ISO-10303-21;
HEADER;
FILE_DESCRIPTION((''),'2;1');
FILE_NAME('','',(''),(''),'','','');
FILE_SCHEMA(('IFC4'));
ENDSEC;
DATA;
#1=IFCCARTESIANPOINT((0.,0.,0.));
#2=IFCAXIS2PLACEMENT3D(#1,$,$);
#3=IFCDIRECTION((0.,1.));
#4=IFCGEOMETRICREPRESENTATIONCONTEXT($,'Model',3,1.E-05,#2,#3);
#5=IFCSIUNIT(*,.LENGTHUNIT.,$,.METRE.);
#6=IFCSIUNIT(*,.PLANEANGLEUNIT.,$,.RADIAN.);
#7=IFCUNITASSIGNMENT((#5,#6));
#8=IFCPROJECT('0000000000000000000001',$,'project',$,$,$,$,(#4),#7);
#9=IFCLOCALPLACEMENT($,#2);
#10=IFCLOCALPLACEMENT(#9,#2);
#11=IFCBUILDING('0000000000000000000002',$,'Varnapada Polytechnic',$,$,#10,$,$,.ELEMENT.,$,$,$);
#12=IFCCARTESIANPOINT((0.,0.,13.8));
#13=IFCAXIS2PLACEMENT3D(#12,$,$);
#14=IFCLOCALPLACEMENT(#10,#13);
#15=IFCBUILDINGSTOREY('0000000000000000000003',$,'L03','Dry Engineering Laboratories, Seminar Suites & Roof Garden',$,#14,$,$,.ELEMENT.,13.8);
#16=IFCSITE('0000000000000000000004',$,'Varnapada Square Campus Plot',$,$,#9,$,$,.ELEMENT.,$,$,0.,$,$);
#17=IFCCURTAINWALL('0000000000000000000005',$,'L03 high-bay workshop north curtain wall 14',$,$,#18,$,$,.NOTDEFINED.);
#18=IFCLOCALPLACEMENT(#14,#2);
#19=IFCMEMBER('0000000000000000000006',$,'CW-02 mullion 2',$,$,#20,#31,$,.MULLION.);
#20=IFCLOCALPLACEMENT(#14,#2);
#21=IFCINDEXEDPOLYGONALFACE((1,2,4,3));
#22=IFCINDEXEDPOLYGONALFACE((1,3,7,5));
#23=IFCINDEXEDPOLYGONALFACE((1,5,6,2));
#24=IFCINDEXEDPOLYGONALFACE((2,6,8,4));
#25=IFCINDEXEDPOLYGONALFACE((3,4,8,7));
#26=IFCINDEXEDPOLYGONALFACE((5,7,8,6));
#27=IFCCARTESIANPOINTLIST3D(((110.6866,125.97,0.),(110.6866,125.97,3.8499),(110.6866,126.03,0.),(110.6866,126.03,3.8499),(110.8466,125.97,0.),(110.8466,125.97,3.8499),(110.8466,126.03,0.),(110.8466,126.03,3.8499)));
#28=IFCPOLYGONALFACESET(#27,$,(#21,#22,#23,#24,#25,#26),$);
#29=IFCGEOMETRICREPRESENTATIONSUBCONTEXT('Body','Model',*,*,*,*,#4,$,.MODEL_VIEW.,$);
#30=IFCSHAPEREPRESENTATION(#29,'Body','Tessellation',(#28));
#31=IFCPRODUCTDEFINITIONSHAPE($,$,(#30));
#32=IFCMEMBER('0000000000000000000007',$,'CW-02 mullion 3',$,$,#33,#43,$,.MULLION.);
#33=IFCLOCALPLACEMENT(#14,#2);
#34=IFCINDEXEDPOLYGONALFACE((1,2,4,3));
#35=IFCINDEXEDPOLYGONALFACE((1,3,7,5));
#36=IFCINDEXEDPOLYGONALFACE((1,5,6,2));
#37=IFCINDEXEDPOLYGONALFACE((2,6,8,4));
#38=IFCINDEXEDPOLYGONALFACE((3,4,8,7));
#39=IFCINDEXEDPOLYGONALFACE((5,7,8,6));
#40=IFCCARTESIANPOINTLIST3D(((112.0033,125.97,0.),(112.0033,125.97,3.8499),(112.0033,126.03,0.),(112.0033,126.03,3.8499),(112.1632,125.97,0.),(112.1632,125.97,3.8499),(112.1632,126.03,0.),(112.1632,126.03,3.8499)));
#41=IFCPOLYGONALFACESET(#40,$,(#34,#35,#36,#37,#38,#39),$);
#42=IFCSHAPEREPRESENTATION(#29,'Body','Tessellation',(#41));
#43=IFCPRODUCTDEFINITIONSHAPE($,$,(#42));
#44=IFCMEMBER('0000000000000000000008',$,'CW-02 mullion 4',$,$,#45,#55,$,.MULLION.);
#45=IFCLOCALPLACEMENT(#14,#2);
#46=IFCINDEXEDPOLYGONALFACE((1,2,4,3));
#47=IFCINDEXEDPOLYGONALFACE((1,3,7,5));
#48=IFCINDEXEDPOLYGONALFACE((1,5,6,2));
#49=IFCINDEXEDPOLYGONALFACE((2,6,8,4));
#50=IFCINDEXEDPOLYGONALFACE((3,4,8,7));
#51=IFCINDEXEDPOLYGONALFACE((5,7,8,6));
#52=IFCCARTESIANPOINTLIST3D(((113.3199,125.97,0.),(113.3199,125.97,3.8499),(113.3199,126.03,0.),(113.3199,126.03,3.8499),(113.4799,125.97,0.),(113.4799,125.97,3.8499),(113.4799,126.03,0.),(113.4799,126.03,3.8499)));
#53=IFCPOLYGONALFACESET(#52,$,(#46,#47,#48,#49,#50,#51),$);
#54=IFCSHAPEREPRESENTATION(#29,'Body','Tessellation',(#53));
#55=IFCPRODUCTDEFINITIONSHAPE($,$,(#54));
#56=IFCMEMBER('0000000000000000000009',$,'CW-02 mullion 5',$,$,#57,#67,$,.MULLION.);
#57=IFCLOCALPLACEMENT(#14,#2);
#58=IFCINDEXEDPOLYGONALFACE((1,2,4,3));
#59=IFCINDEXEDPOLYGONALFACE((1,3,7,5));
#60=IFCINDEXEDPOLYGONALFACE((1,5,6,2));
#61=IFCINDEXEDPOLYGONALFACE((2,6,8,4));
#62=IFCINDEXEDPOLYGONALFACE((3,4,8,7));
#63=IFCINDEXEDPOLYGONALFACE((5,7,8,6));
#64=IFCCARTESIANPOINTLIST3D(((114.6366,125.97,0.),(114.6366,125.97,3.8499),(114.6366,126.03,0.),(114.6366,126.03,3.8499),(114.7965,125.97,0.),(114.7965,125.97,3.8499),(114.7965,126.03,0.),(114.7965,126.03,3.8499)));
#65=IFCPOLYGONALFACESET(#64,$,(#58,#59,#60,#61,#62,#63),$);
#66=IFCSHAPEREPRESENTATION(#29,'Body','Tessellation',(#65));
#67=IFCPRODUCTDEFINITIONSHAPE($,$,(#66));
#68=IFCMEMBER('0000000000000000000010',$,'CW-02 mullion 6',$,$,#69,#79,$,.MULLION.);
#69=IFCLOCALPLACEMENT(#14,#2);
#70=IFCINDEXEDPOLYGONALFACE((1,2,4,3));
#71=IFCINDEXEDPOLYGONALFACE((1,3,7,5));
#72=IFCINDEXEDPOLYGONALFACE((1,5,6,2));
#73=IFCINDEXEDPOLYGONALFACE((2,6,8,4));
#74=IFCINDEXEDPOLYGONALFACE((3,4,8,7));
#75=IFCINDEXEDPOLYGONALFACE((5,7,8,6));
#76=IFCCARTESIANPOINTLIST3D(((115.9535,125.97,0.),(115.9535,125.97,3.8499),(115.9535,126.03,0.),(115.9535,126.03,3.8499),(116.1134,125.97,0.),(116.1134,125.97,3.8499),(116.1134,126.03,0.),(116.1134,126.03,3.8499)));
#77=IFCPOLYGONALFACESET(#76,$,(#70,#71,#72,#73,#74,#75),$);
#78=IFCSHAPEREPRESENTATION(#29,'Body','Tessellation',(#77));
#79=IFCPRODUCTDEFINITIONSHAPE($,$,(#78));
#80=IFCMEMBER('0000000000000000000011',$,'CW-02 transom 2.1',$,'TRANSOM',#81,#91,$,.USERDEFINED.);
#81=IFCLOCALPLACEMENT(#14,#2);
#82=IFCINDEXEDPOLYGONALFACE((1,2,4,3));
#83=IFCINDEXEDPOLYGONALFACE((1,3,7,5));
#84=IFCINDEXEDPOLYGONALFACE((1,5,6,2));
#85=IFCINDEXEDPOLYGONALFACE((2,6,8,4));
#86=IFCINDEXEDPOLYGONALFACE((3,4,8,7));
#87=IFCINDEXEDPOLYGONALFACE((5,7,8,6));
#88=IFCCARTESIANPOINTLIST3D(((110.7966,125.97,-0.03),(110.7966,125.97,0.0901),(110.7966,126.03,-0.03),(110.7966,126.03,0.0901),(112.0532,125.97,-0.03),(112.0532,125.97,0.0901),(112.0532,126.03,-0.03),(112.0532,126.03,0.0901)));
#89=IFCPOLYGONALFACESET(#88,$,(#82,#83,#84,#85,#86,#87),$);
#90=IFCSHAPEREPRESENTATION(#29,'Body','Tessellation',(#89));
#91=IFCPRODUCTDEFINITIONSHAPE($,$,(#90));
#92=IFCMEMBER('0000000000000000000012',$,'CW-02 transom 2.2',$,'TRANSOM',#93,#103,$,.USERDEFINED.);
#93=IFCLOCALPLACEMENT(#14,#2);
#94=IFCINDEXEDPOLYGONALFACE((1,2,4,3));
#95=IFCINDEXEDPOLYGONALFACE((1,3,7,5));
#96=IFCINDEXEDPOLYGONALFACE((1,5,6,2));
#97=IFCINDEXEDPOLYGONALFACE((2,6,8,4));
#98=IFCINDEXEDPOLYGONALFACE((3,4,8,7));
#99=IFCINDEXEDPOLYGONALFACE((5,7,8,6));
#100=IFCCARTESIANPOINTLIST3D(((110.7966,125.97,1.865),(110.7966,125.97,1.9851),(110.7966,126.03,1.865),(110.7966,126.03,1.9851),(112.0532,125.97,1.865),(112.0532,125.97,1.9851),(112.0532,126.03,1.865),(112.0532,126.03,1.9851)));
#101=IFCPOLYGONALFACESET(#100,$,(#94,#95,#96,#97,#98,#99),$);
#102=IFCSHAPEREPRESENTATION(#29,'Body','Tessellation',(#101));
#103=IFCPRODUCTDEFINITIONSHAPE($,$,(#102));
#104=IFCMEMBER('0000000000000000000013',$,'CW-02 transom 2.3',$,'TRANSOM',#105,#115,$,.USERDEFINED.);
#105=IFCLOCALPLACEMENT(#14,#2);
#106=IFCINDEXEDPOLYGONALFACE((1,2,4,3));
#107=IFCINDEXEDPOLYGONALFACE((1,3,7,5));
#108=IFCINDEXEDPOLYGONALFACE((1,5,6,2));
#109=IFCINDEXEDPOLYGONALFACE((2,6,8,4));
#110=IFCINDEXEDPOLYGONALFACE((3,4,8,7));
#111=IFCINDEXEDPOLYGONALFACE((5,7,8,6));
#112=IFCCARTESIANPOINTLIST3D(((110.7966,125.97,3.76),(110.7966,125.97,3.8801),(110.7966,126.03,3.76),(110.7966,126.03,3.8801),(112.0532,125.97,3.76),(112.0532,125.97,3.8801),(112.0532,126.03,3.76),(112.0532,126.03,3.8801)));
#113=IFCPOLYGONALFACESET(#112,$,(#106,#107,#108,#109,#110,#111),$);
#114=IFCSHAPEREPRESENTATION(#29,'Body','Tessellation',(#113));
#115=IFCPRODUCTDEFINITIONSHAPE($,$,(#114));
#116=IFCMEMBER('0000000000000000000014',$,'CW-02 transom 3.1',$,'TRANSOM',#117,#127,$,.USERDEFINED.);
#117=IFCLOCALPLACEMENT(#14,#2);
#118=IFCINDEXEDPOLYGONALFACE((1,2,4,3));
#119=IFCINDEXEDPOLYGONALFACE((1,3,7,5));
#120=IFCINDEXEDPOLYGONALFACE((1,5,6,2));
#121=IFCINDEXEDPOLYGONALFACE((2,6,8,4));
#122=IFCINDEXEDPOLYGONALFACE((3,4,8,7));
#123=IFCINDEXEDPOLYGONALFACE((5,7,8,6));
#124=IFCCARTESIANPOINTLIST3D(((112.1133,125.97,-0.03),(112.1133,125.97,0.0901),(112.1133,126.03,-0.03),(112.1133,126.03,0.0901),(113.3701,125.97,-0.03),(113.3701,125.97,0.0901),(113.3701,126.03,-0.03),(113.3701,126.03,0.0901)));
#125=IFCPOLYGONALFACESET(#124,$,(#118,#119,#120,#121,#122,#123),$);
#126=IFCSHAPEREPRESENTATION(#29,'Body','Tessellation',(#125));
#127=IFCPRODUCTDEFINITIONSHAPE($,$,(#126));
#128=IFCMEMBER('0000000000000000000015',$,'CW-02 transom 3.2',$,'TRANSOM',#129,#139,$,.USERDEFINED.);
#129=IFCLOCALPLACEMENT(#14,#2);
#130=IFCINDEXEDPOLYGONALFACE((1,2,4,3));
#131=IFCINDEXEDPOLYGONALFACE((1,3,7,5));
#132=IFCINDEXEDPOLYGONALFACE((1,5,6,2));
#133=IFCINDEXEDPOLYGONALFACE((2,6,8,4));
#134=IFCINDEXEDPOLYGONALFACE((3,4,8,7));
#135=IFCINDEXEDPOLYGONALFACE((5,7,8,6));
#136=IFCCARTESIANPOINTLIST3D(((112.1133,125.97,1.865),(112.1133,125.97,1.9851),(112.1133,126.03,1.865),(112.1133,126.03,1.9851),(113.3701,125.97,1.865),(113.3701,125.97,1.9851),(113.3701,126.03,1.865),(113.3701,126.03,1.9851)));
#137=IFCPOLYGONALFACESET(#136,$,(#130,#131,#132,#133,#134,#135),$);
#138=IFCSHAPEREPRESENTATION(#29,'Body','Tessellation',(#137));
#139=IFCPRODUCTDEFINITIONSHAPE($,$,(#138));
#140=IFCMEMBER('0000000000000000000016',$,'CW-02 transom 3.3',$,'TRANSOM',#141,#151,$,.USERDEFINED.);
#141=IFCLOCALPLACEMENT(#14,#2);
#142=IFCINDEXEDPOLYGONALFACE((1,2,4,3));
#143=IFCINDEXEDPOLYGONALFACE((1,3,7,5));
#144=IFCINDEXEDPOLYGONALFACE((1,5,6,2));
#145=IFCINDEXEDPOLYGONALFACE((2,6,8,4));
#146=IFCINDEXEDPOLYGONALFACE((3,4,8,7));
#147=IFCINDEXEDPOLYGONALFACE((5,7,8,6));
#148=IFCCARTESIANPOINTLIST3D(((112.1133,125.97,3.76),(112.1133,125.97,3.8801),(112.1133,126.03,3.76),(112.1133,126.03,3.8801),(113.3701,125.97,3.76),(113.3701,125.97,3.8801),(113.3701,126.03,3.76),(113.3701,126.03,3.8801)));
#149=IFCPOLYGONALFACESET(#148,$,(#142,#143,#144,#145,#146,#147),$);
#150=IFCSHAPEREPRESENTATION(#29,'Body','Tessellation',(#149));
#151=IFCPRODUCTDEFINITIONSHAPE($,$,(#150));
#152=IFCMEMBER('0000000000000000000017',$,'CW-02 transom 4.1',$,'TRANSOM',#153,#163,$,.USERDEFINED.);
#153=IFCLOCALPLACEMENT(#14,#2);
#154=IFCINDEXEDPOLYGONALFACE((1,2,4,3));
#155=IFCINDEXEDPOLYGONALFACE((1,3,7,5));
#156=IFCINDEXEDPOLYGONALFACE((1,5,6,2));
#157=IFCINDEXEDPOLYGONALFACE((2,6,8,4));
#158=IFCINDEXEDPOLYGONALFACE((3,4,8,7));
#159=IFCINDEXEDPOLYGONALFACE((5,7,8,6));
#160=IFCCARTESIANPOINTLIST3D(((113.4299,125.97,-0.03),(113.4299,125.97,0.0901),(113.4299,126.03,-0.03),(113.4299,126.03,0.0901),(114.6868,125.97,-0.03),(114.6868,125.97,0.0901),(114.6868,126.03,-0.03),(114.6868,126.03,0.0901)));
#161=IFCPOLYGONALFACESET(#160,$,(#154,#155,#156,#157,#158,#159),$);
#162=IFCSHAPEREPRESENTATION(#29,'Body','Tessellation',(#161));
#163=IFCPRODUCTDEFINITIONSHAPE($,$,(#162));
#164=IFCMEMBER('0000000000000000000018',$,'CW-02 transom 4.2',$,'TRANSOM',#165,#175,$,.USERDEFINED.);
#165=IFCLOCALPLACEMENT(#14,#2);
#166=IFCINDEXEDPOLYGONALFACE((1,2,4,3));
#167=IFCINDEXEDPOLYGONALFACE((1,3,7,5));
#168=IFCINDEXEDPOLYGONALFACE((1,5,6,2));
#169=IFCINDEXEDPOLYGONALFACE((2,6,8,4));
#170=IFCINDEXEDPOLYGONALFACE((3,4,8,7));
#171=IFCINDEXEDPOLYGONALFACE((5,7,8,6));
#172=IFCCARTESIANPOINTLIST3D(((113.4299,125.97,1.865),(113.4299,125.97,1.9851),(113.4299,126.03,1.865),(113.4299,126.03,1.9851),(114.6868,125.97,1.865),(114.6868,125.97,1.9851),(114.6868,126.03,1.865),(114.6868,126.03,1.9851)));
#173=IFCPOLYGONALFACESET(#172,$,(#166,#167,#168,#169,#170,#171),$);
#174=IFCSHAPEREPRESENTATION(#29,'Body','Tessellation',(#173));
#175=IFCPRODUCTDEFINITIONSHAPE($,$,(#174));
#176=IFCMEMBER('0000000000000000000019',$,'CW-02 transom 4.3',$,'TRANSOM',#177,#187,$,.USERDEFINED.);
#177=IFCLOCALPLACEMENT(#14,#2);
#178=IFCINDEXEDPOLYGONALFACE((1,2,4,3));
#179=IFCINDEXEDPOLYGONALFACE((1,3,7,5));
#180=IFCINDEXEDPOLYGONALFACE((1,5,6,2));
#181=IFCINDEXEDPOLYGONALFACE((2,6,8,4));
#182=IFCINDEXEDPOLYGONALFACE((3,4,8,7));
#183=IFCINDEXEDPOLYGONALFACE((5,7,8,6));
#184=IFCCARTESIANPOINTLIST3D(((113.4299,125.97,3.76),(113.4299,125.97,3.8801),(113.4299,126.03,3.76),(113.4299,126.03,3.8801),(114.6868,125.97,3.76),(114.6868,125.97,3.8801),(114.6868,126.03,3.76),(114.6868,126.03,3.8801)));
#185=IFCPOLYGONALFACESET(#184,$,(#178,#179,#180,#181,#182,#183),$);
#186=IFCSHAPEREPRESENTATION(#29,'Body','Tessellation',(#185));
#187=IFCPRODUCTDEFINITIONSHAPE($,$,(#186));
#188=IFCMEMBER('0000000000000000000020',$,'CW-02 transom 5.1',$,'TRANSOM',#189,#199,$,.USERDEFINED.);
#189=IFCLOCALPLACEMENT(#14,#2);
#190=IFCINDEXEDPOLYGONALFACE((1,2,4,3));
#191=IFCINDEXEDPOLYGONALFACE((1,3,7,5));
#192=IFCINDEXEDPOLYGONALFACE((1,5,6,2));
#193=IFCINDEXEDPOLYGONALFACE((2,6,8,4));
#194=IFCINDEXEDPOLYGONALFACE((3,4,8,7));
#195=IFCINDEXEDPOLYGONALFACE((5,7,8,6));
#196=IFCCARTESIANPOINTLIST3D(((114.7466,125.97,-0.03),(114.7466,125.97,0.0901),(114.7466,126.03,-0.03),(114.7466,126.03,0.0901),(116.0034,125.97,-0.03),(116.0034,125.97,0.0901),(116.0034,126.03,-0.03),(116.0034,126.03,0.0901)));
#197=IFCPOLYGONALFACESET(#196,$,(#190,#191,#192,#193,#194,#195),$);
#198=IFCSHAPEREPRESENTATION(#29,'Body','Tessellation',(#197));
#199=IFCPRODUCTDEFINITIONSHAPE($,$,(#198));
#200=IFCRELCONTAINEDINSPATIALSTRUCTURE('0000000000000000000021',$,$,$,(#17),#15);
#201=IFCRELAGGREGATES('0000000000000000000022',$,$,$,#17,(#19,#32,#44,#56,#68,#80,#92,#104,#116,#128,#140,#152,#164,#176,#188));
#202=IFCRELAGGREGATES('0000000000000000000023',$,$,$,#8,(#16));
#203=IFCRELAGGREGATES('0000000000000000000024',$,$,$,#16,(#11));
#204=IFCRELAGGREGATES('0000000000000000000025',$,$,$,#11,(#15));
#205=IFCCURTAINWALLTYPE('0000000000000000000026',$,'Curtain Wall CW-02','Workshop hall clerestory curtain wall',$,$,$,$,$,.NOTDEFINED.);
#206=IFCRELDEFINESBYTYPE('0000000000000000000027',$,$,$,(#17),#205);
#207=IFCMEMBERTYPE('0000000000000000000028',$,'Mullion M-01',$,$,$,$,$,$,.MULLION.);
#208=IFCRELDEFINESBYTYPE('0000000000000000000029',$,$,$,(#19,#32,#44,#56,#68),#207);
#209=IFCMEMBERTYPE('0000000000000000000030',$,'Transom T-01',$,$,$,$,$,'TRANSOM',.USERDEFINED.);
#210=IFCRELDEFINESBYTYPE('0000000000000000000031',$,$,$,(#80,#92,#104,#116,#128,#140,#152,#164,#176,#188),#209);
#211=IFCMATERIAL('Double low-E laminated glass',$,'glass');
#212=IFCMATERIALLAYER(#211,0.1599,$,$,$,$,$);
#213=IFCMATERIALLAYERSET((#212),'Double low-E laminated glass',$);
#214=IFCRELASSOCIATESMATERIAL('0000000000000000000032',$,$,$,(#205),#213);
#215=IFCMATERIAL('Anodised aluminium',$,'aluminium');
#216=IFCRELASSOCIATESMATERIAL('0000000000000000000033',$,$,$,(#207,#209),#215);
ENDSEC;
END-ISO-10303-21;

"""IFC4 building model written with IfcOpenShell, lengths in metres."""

from ifc_helpers import new_model, si_unit, direction, frame, origin, origin_2d, place, context, subcontext, project, spatial, rectangle, extrude, material, layer, layer_set, material_profile, profile_set, type_object, element, aggregate, save


model = new_model("IFC4")

# Units and contexts
model_context = context("Model", 3, precision=1e-05, world=origin(), true_north=direction((0.0, 1.0)))
body_context = subcontext(model_context, "Body", "Model", "MODEL_VIEW")
ifc_project = project(units=[si_unit("LENGTHUNIT", "METRE"), si_unit("PLANEANGLEUNIT", "RADIAN")], contexts=[model_context])

# Site, building, storey
site_placement = place(None, origin())
site = spatial("IfcSite", under=ifc_project, at=site_placement, Name="Varnapada Square Campus Plot", CompositionType="ELEMENT", RefElevation=0.0)
building_placement = place(site_placement, origin())
building = spatial("IfcBuilding", under=site, at=building_placement, Name="Varnapada Polytechnic", CompositionType="ELEMENT")
storey_placement = place(building_placement, frame((0.0, 0.0, 13.8)))
storey = spatial("IfcBuildingStorey", under=building, at=storey_placement, Name="L03", Description="Dry Engineering Laboratories, Seminar Suites & Roof Garden", CompositionType="ELEMENT", Elevation=13.8)

# Curtain wall, members
ifc_material_1 = material(Name="Double low-E laminated glass", Category="glass")
ifc_layer_1 = layer(ifc_material_1, 0.1599)
ifc_layer_set_1 = layer_set([ifc_layer_1], Name="Double low-E laminated glass")
curtain_wall_type = type_object("IfcCurtainWallType", Name="Curtain Wall CW-02", Description="Workshop hall clerestory curtain wall", PredefinedType="NOTDEFINED", material=ifc_layer_set_1)
curtain_wall_placement = place(storey_placement, origin())
curtain_wall = element("IfcCurtainWall", 1, at=curtain_wall_placement, inside=storey, type_object=curtain_wall_type, Name="L03 high-bay workshop north curtain wall 14", PredefinedType="NOTDEFINED")
ifc_material_2 = material(Name="Anodised aluminium", Category="aluminium")
ifc_material_profile_1 = material_profile(ifc_material_2, rectangle(XDim=0.0601, YDim=0.1599, at=origin_2d()), Name="ALU M60x160")
ifc_profile_set_1 = profile_set([ifc_material_profile_1], Name="Anodised aluminium")
member_type_1 = type_object("IfcMemberType", Name="Mullion M-01", PredefinedType="MULLION", material=ifc_profile_set_1)
member_1_placement = place(storey_placement, frame((110.7666, 126.0, 0.0), z_axis=(0.0, 0.0, 1.0), x_axis=(0.0, 1.0, 0.0)))
member_1 = element("IfcMember", 2, at=member_1_placement, type_object=member_type_1, Name="CW-02 mullion 2", PredefinedType="MULLION", context=body_context, shape_type="SweptSolid", body=[
    extrude(rectangle(XDim=0.0601, YDim=0.1599, at=origin_2d()), origin(), (0.0, 0.0, 1.0), 3.8499),
])
member_2_placement = place(storey_placement, frame((112.0833, 126.0, 0.0), z_axis=(0.0, 0.0, 1.0), x_axis=(0.0, 1.0, 0.0)))
member_2 = element("IfcMember", 3, at=member_2_placement, type_object=member_type_1, Name="CW-02 mullion 3", PredefinedType="MULLION", context=body_context, shape_type="SweptSolid", body=[
    extrude(rectangle(XDim=0.0601, YDim=0.1599, at=origin_2d()), origin(), (0.0, 0.0, 1.0), 3.8499),
])
member_3_placement = place(storey_placement, frame((113.3999, 126.0, 0.0), z_axis=(0.0, 0.0, 1.0), x_axis=(0.0, 1.0, 0.0)))
member_3 = element("IfcMember", 4, at=member_3_placement, type_object=member_type_1, Name="CW-02 mullion 4", PredefinedType="MULLION", context=body_context, shape_type="SweptSolid", body=[
    extrude(rectangle(XDim=0.0601, YDim=0.1599, at=origin_2d()), origin(), (0.0, 0.0, 1.0), 3.8499),
])
member_4_placement = place(storey_placement, frame((114.7166, 126.0, 0.0), z_axis=(0.0, 0.0, 1.0), x_axis=(0.0, 1.0, 0.0)))
member_4 = element("IfcMember", 5, at=member_4_placement, type_object=member_type_1, Name="CW-02 mullion 5", PredefinedType="MULLION", context=body_context, shape_type="SweptSolid", body=[
    extrude(rectangle(XDim=0.0601, YDim=0.1599, at=origin_2d()), origin(), (0.0, 0.0, 1.0), 3.8499),
])
member_5_placement = place(storey_placement, frame((116.0334, 126.0, 0.0), z_axis=(0.0, 0.0, 1.0), x_axis=(0.0, 1.0, 0.0)))
member_5 = element("IfcMember", 6, at=member_5_placement, type_object=member_type_1, Name="CW-02 mullion 6", PredefinedType="MULLION", context=body_context, shape_type="SweptSolid", body=[
    extrude(rectangle(XDim=0.0601, YDim=0.1599, at=origin_2d()), origin(), (0.0, 0.0, 1.0), 3.8499),
])
ifc_material_profile_2 = material_profile(ifc_material_2, rectangle(XDim=0.0601, YDim=0.1201, at=origin_2d()), Name="ALU T60x120")
ifc_profile_set_2 = profile_set([ifc_material_profile_2], Name="Anodised aluminium")
member_type_2 = type_object("IfcMemberType", Name="Transom T-01", ElementType="TRANSOM", PredefinedType="USERDEFINED", material=ifc_profile_set_2)
member_6_placement = place(storey_placement, frame((110.7966, 126.0, 0.03), z_axis=(1.0, 0.0, 0.0), x_axis=(0.0, 1.0, 0.0)))
member_6 = element("IfcMember", 7, at=member_6_placement, type_object=member_type_2, Name="CW-02 transom 2.1", ObjectType="TRANSOM", PredefinedType="USERDEFINED", context=body_context, shape_type="SweptSolid", body=[
    extrude(rectangle(XDim=0.0601, YDim=0.1201, at=origin_2d()), origin(), (0.0, 0.0, 1.0), 1.2566),
])
member_7_placement = place(storey_placement, frame((110.7966, 126.0, 1.925), z_axis=(1.0, 0.0, 0.0), x_axis=(0.0, 1.0, 0.0)))
member_7 = element("IfcMember", 8, at=member_7_placement, type_object=member_type_2, Name="CW-02 transom 2.2", ObjectType="TRANSOM", PredefinedType="USERDEFINED", context=body_context, shape_type="SweptSolid", body=[
    extrude(rectangle(XDim=0.0601, YDim=0.1201, at=origin_2d()), origin(), (0.0, 0.0, 1.0), 1.2566),
])
member_8_placement = place(storey_placement, frame((110.7966, 126.0, 3.8201), z_axis=(1.0, 0.0, 0.0), x_axis=(0.0, 1.0, 0.0)))
member_8 = element("IfcMember", 9, at=member_8_placement, type_object=member_type_2, Name="CW-02 transom 2.3", ObjectType="TRANSOM", PredefinedType="USERDEFINED", context=body_context, shape_type="SweptSolid", body=[
    extrude(rectangle(XDim=0.0601, YDim=0.1201, at=origin_2d()), origin(), (0.0, 0.0, 1.0), 1.2566),
])
member_9_placement = place(storey_placement, frame((112.1133, 126.0, 0.03), z_axis=(1.0, 0.0, 0.0), x_axis=(0.0, 1.0, 0.0)))
member_9 = element("IfcMember", 10, at=member_9_placement, type_object=member_type_2, Name="CW-02 transom 3.1", ObjectType="TRANSOM", PredefinedType="USERDEFINED", context=body_context, shape_type="SweptSolid", body=[
    extrude(rectangle(XDim=0.0601, YDim=0.1201, at=origin_2d()), origin(), (0.0, 0.0, 1.0), 1.2568),
])
member_10_placement = place(storey_placement, frame((112.1133, 126.0, 1.925), z_axis=(1.0, 0.0, 0.0), x_axis=(0.0, 1.0, 0.0)))
member_10 = element("IfcMember", 11, at=member_10_placement, type_object=member_type_2, Name="CW-02 transom 3.2", ObjectType="TRANSOM", PredefinedType="USERDEFINED", context=body_context, shape_type="SweptSolid", body=[
    extrude(rectangle(XDim=0.0601, YDim=0.1201, at=origin_2d()), origin(), (0.0, 0.0, 1.0), 1.2568),
])
member_11_placement = place(storey_placement, frame((112.1133, 126.0, 3.8201), z_axis=(1.0, 0.0, 0.0), x_axis=(0.0, 1.0, 0.0)))
member_11 = element("IfcMember", 12, at=member_11_placement, type_object=member_type_2, Name="CW-02 transom 3.3", ObjectType="TRANSOM", PredefinedType="USERDEFINED", context=body_context, shape_type="SweptSolid", body=[
    extrude(rectangle(XDim=0.0601, YDim=0.1201, at=origin_2d()), origin(), (0.0, 0.0, 1.0), 1.2568),
])
member_12_placement = place(storey_placement, frame((113.4299, 126.0, 0.03), z_axis=(1.0, 0.0, 0.0), x_axis=(0.0, 1.0, 0.0)))
member_12 = element("IfcMember", 13, at=member_12_placement, type_object=member_type_2, Name="CW-02 transom 4.1", ObjectType="TRANSOM", PredefinedType="USERDEFINED", context=body_context, shape_type="SweptSolid", body=[
    extrude(rectangle(XDim=0.0601, YDim=0.1201, at=origin_2d()), origin(), (0.0, 0.0, 1.0), 1.2568),
])
member_13_placement = place(storey_placement, frame((113.4299, 126.0, 1.925), z_axis=(1.0, 0.0, 0.0), x_axis=(0.0, 1.0, 0.0)))
member_13 = element("IfcMember", 14, at=member_13_placement, type_object=member_type_2, Name="CW-02 transom 4.2", ObjectType="TRANSOM", PredefinedType="USERDEFINED", context=body_context, shape_type="SweptSolid", body=[
    extrude(rectangle(XDim=0.0601, YDim=0.1201, at=origin_2d()), origin(), (0.0, 0.0, 1.0), 1.2568),
])
member_14_placement = place(storey_placement, frame((113.4299, 126.0, 3.8201), z_axis=(1.0, 0.0, 0.0), x_axis=(0.0, 1.0, 0.0)))
member_14 = element("IfcMember", 15, at=member_14_placement, type_object=member_type_2, Name="CW-02 transom 4.3", ObjectType="TRANSOM", PredefinedType="USERDEFINED", context=body_context, shape_type="SweptSolid", body=[
    extrude(rectangle(XDim=0.0601, YDim=0.1201, at=origin_2d()), origin(), (0.0, 0.0, 1.0), 1.2568),
])
member_15_placement = place(storey_placement, frame((114.7466, 126.0, 0.03), z_axis=(1.0, 0.0, 0.0), x_axis=(0.0, 1.0, 0.0)))
member_15 = element("IfcMember", 16, at=member_15_placement, type_object=member_type_2, Name="CW-02 transom 5.1", ObjectType="TRANSOM", PredefinedType="USERDEFINED", context=body_context, shape_type="SweptSolid", body=[
    extrude(rectangle(XDim=0.0601, YDim=0.1201, at=origin_2d()), origin(), (0.0, 0.0, 1.0), 1.2568),
])
aggregate(curtain_wall, [member_1, member_2, member_3, member_4, member_5, member_6, member_7, member_8, member_9, member_10, member_11, member_12, member_13, member_14, member_15])

save(model, "model.ifc")
